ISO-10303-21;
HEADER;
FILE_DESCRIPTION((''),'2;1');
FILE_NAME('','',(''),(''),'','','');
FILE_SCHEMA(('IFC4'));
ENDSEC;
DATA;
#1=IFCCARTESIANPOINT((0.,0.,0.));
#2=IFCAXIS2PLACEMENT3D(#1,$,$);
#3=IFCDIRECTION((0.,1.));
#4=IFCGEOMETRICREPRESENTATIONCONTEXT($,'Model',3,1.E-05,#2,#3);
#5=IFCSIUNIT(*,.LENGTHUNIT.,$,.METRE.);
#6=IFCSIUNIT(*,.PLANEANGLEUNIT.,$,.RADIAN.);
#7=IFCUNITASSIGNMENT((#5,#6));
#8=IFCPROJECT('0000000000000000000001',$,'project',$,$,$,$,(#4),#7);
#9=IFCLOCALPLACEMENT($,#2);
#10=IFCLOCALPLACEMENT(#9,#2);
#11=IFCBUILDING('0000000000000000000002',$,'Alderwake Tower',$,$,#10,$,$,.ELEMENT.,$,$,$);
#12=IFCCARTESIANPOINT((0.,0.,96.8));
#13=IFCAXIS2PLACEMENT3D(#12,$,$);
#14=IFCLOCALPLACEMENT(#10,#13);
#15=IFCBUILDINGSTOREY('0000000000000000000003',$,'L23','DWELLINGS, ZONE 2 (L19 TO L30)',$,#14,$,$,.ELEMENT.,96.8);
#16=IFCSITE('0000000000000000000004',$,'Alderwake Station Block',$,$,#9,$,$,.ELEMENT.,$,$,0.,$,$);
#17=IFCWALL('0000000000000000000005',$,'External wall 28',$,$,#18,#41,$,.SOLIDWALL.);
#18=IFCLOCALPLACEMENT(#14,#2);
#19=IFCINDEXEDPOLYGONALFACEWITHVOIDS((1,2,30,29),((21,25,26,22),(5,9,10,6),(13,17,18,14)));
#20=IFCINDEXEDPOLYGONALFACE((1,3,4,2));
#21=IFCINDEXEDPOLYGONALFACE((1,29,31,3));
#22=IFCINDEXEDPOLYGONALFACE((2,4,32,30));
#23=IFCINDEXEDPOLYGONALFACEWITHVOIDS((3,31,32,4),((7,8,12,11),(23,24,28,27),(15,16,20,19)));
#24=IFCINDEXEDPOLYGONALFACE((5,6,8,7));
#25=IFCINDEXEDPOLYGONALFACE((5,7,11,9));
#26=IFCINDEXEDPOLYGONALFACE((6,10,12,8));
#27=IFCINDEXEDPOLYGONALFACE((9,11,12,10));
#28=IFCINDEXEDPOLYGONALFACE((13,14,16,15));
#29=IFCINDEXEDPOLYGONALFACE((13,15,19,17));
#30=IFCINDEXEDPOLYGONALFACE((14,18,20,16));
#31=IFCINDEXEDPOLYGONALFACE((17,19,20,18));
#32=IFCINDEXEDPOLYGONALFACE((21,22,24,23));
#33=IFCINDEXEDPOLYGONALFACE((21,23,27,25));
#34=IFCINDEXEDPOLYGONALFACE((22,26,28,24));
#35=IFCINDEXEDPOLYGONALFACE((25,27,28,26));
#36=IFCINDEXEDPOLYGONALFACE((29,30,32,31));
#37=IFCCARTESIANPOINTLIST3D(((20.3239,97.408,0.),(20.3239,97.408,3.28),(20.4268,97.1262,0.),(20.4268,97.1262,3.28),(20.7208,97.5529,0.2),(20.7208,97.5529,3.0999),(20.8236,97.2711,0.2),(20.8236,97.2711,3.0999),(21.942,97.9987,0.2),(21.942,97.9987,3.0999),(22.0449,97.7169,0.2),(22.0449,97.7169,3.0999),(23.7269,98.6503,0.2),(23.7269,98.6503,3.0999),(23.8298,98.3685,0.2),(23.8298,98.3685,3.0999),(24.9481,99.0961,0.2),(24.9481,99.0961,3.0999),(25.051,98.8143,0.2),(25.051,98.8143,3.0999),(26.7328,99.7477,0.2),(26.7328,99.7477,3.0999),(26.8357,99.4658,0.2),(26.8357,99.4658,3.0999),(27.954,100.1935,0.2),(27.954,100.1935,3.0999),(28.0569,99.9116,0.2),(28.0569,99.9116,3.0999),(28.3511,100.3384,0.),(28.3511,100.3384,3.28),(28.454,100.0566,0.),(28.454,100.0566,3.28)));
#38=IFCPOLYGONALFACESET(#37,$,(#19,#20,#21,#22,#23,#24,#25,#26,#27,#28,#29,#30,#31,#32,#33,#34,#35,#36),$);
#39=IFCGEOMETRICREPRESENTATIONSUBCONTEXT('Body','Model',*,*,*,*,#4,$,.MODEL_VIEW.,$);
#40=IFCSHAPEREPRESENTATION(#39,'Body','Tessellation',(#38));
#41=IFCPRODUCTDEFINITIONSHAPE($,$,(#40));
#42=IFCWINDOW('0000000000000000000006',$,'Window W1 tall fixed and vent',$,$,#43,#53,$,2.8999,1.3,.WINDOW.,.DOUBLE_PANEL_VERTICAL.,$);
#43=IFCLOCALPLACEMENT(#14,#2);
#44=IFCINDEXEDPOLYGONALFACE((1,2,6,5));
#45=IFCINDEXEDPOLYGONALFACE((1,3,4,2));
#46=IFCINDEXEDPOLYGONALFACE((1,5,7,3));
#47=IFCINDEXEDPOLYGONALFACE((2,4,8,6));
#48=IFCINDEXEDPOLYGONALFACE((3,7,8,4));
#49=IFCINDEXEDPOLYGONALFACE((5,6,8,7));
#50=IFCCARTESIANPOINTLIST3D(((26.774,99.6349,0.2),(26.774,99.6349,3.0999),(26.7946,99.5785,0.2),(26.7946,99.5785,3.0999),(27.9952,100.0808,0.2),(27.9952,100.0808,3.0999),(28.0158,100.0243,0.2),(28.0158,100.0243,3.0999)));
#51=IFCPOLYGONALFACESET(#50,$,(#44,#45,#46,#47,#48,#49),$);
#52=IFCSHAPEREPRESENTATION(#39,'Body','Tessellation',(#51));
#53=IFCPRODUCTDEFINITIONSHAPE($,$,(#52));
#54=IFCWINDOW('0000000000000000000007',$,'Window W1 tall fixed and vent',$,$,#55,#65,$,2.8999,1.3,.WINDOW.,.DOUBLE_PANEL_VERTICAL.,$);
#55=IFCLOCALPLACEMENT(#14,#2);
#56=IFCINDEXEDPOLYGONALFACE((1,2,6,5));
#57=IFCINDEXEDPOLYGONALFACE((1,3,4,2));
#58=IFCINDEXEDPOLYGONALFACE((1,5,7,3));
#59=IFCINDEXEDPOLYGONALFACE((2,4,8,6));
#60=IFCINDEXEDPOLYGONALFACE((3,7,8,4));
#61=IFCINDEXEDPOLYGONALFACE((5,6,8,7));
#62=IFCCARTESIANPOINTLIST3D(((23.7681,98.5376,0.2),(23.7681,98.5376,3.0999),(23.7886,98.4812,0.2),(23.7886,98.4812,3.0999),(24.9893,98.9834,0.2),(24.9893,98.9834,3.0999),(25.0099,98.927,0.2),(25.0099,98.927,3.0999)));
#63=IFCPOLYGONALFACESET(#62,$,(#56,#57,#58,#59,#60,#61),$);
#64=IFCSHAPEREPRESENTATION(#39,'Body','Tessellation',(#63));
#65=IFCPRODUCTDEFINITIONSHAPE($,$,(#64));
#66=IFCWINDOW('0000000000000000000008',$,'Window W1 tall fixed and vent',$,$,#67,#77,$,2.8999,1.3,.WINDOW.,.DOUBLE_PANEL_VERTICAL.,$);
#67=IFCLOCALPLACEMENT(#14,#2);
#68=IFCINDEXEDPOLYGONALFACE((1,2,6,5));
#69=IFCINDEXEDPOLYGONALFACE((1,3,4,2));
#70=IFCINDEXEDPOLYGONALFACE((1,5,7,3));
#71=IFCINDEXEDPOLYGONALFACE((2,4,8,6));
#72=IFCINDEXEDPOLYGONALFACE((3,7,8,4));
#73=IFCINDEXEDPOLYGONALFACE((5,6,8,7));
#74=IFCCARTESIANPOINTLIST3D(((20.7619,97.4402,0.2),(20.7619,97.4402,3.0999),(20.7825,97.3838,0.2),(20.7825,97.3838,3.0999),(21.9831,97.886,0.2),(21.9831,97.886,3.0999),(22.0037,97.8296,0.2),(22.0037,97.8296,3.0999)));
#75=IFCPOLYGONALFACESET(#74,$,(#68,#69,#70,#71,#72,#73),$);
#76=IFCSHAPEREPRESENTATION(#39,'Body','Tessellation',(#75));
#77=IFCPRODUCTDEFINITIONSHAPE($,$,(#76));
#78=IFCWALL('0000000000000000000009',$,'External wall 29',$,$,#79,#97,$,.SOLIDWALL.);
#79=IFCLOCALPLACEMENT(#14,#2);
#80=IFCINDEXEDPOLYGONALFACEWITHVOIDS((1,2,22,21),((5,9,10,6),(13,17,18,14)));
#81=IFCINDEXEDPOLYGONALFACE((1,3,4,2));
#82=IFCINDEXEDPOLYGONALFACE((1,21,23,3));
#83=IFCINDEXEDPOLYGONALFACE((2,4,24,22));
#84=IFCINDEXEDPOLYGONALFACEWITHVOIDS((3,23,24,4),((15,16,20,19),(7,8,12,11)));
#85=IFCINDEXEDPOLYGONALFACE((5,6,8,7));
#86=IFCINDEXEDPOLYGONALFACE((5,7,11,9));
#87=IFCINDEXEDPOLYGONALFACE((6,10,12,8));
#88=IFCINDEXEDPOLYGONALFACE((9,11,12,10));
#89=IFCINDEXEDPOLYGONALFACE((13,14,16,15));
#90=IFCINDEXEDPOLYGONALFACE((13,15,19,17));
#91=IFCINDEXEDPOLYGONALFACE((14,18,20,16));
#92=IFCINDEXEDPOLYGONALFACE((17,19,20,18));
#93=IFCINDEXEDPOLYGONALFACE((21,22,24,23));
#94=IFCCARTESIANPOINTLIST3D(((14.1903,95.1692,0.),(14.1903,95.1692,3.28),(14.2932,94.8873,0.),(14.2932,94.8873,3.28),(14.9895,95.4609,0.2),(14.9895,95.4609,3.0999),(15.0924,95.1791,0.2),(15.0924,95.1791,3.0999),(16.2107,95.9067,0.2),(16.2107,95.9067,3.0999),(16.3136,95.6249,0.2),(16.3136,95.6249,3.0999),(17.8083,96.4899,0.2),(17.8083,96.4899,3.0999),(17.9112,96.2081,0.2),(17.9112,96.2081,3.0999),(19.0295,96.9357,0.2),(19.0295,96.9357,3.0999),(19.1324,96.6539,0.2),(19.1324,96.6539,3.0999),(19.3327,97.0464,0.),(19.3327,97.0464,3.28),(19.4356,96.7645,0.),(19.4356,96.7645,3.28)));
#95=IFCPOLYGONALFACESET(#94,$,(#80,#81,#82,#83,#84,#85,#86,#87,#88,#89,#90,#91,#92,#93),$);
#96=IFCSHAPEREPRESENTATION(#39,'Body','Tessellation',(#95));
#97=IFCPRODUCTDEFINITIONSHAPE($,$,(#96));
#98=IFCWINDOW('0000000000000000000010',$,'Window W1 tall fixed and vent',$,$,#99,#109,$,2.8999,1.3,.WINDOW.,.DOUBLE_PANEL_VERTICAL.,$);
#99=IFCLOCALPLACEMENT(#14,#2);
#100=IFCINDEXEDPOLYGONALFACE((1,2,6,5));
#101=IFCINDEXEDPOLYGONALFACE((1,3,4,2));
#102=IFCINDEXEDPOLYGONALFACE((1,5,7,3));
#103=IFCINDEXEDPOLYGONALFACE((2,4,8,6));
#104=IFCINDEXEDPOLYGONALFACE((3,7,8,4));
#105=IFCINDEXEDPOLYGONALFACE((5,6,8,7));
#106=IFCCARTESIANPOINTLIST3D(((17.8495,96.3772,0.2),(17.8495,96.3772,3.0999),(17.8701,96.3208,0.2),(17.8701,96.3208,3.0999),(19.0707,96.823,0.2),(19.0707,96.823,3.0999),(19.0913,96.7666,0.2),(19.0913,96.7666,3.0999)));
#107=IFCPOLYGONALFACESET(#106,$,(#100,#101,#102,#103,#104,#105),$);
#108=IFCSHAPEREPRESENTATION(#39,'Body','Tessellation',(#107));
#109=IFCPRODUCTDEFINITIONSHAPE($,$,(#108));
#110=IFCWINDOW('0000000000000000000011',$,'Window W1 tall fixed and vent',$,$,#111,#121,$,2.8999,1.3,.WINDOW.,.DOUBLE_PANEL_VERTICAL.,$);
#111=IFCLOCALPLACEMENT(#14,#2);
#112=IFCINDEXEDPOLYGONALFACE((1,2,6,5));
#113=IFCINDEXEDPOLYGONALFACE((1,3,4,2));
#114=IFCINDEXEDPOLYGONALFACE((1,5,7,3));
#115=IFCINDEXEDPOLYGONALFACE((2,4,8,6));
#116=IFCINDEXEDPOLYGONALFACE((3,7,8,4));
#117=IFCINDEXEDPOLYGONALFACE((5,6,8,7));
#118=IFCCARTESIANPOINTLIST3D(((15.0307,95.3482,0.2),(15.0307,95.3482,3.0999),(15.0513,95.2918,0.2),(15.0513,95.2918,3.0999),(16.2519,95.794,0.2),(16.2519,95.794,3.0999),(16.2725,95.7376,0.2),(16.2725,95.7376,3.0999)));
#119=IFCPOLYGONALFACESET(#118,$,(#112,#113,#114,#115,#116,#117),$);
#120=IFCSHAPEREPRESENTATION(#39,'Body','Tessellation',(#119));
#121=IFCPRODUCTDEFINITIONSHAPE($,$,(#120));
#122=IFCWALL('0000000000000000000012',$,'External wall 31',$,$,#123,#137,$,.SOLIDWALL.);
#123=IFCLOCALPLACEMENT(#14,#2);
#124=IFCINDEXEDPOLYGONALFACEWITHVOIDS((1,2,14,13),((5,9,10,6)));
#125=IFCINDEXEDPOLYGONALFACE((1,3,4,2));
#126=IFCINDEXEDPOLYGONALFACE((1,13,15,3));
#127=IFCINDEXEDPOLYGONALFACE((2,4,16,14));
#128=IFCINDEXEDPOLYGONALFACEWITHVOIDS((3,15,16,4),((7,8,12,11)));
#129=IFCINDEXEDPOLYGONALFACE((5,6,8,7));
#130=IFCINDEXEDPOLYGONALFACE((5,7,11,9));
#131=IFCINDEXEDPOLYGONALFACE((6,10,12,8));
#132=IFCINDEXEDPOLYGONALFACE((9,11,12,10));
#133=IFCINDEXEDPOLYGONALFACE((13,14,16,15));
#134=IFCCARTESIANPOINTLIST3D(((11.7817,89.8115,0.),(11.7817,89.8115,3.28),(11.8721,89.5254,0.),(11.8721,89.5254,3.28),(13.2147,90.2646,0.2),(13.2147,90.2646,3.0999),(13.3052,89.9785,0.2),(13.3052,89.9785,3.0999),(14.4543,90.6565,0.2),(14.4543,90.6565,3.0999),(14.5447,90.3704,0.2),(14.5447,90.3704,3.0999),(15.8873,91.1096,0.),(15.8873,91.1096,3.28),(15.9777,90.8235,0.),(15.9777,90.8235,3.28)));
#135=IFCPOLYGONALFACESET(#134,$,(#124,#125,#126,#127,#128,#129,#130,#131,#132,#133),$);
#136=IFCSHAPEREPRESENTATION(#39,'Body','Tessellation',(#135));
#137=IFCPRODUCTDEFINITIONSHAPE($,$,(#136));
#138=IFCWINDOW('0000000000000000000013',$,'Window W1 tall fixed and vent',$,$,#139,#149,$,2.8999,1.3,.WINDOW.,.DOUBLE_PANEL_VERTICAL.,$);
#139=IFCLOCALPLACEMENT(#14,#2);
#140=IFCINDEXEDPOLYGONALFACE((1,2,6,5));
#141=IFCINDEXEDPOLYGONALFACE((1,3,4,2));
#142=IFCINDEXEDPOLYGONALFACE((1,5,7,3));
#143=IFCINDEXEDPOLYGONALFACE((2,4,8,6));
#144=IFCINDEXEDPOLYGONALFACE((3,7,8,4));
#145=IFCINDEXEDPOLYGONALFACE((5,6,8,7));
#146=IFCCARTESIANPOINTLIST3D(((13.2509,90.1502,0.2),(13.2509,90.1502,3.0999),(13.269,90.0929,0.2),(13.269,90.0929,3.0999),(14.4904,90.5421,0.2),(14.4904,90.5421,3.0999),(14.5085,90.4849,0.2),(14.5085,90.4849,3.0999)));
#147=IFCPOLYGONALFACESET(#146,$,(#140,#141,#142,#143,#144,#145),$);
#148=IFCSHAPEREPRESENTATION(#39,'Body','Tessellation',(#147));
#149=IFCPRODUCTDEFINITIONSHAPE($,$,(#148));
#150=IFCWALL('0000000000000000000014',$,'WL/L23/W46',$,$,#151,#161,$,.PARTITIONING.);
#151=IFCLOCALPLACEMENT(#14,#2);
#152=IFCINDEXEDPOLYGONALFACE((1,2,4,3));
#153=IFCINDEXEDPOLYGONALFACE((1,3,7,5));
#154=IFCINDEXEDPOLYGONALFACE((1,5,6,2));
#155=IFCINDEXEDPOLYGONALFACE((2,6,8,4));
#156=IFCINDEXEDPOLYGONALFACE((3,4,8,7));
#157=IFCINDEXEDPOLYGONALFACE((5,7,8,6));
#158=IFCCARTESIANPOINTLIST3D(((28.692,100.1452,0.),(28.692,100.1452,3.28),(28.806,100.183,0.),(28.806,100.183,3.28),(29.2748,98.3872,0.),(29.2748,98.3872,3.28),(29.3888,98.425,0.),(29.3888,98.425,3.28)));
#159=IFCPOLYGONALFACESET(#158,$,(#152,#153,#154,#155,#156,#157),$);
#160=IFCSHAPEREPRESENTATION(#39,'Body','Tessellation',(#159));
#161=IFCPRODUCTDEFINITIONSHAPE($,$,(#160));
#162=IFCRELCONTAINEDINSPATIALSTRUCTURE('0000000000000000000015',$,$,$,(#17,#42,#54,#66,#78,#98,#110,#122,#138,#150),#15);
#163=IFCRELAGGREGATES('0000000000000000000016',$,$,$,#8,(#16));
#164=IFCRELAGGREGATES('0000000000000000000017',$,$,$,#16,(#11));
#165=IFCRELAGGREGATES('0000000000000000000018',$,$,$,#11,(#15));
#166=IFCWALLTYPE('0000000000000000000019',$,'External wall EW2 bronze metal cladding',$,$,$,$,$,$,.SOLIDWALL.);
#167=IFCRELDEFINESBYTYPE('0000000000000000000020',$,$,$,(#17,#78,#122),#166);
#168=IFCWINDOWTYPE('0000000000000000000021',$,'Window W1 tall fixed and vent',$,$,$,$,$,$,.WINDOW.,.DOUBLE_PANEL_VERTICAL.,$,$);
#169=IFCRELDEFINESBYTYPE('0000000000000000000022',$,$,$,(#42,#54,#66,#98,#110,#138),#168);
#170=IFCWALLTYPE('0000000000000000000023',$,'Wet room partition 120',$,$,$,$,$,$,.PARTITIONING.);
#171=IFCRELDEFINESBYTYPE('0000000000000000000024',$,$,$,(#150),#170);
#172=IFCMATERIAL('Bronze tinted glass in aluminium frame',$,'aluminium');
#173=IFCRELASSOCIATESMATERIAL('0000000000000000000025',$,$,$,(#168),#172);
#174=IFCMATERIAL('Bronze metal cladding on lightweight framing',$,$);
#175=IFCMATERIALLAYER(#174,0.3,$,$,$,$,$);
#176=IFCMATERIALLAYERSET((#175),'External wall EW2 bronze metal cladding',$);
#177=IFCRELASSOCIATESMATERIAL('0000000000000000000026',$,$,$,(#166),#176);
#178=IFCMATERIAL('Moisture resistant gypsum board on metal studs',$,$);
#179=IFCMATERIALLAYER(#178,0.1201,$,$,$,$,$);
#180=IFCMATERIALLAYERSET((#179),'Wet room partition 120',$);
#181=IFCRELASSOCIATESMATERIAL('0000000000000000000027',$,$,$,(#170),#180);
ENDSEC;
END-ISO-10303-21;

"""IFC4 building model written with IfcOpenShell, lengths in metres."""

from ifc_helpers import new_model, si_unit, direction, frame, frame_2d, origin, place, context, subcontext, project, spatial, rectangle, extrude, material, layer, layer_set, type_object, element, fill, save


model = new_model("IFC4")

# Units and contexts
model_context = context("Model", 3, precision=1e-05, world=origin(), true_north=direction((0.0, 1.0)))
body_context = subcontext(model_context, "Body", "Model", "MODEL_VIEW")
ifc_project = project(units=[si_unit("LENGTHUNIT", "METRE"), si_unit("PLANEANGLEUNIT", "RADIAN")], contexts=[model_context])

# Site, building, storey
site_placement = place(None, origin())
site = spatial("IfcSite", under=ifc_project, at=site_placement, Name="Alderwake Station Block", CompositionType="ELEMENT", RefElevation=0.0)
building_placement = place(site_placement, origin())
building = spatial("IfcBuilding", under=site, at=building_placement, Name="Alderwake Tower", CompositionType="ELEMENT")
storey_placement = place(building_placement, frame((0.0, 0.0, 96.8)))
storey = spatial("IfcBuildingStorey", under=building, at=storey_placement, Name="L23", Description="DWELLINGS, ZONE 2 (L19 TO L30)", CompositionType="ELEMENT", Elevation=96.8)

# Shared definitions
ifc_material_1 = material(Name="Bronze tinted glass in aluminium frame", Category="aluminium")
window_type = type_object("IfcWindowType", Name="Window W1 tall fixed and vent", PartitioningType="DOUBLE_PANEL_VERTICAL", PredefinedType="WINDOW", material=ifc_material_1)

# Walls, openings, windows
ifc_material_2 = material(Name="Bronze metal cladding on lightweight framing")
ifc_layer_1 = layer(ifc_material_2, 0.3)
ifc_layer_set_1 = layer_set([ifc_layer_1], Name="External wall EW2 bronze metal cladding")
wall_type_1 = type_object("IfcWallType", Name="External wall EW2 bronze metal cladding", PredefinedType="SOLIDWALL", material=ifc_layer_set_1)
wall_1_placement = place(storey_placement, frame((28.4026, 100.1975, 0.0), z_axis=(0.0, 0.0, 1.0), x_axis=(-0.939365, -0.34292, 0.0)))
wall_1 = element("IfcWall", 1, at=wall_1_placement, inside=storey, type_object=wall_type_1, Name="External wall 28", PredefinedType="SOLIDWALL", context=body_context, shape_type="SweptSolid", body=[
    extrude(rectangle(XDim=8.5454, YDim=0.3, at=frame_2d((4.2727, 0.0))), origin(), (0.0, 0.0, 1.0), 3.28),
])
opening_1_placement = place(wall_1_placement, frame((0.4229, 0.0, 0.2)))
opening_1 = element("IfcOpeningElement", 2, at=opening_1_placement, cuts=wall_1, PredefinedType="OPENING", context=body_context, shape_type="SweptSolid", body=[
    extrude(rectangle(XDim=1.3, YDim=2.8999, at=frame_2d((0.6499, 1.45))), frame((0.0, 0.1599, 0.0), z_axis=(0.0, -1.0, 0.0), x_axis=(1.0, 0.0, 0.0)), (0.0, 0.0, 1.0), 0.3201),
])
opening_2_placement = place(wall_1_placement, frame((3.6228, 0.0, 0.2)))
opening_2 = element("IfcOpeningElement", 3, at=opening_2_placement, cuts=wall_1, PredefinedType="OPENING", context=body_context, shape_type="SweptSolid", body=[
    extrude(rectangle(XDim=1.3, YDim=2.8999, at=frame_2d((0.6499, 1.45))), frame((0.0, 0.1599, 0.0), z_axis=(0.0, -1.0, 0.0), x_axis=(1.0, 0.0, 0.0)), (0.0, 0.0, 1.0), 0.3201),
])
opening_3_placement = place(wall_1_placement, frame((6.823, 0.0, 0.2)))
opening_3 = element("IfcOpeningElement", 4, at=opening_3_placement, cuts=wall_1, PredefinedType="OPENING", context=body_context, shape_type="SweptSolid", body=[
    extrude(rectangle(XDim=1.3, YDim=2.8999, at=frame_2d((0.6499, 1.45))), frame((0.0, 0.1599, 0.0), z_axis=(0.0, -1.0, 0.0), x_axis=(1.0, 0.0, 0.0)), (0.0, 0.0, 1.0), 0.3201),
])
window_1_placement = place(opening_1_placement, origin())
window_1 = element("IfcWindow", 5, at=window_1_placement, inside=storey, type_object=window_type, Name="Window W1 tall fixed and vent", OverallHeight=2.8999, OverallWidth=1.3, PartitioningType="DOUBLE_PANEL_VERTICAL", PredefinedType="WINDOW", context=body_context, shape_type="SweptSolid", body=[
    extrude(rectangle(XDim=1.3, YDim=2.8999, at=frame_2d((0.6499, 1.45))), frame((0.0, 0.03, 0.0), z_axis=(0.0, -1.0, 0.0), x_axis=(1.0, 0.0, 0.0)), (0.0, 0.0, 1.0), 0.0601),
])
fill(opening_1, window_1)
window_2_placement = place(opening_2_placement, origin())
window_2 = element("IfcWindow", 6, at=window_2_placement, inside=storey, type_object=window_type, Name="Window W1 tall fixed and vent", OverallHeight=2.8999, OverallWidth=1.3, PartitioningType="DOUBLE_PANEL_VERTICAL", PredefinedType="WINDOW", context=body_context, shape_type="SweptSolid", body=[
    extrude(rectangle(XDim=1.3, YDim=2.8999, at=frame_2d((0.6499, 1.45))), frame((0.0, 0.03, 0.0), z_axis=(0.0, -1.0, 0.0), x_axis=(1.0, 0.0, 0.0)), (0.0, 0.0, 1.0), 0.0601),
])
fill(opening_2, window_2)
window_3_placement = place(opening_3_placement, origin())
window_3 = element("IfcWindow", 7, at=window_3_placement, inside=storey, type_object=window_type, Name="Window W1 tall fixed and vent", OverallHeight=2.8999, OverallWidth=1.3, PartitioningType="DOUBLE_PANEL_VERTICAL", PredefinedType="WINDOW", context=body_context, shape_type="SweptSolid", body=[
    extrude(rectangle(XDim=1.3, YDim=2.8999, at=frame_2d((0.6499, 1.45))), frame((0.0, 0.03, 0.0), z_axis=(0.0, -1.0, 0.0), x_axis=(1.0, 0.0, 0.0)), (0.0, 0.0, 1.0), 0.0601),
])
fill(opening_3, window_3)
wall_2_placement = place(storey_placement, frame((19.3843, 96.9055, 0.0), z_axis=(0.0, 0.0, 1.0), x_axis=(-0.939367, -0.342914, 0.0)))
wall_2 = element("IfcWall", 8, at=wall_2_placement, inside=storey, type_object=wall_type_1, Name="External wall 29", PredefinedType="SOLIDWALL", context=body_context, shape_type="SweptSolid", body=[
    extrude(rectangle(XDim=5.4744, YDim=0.3, at=frame_2d((2.7373, 0.0))), origin(), (0.0, 0.0, 1.0), 3.28),
])
opening_4_placement = place(wall_2_placement, frame((0.323, 0.0, 0.2)))
opening_4 = element("IfcOpeningElement", 9, at=opening_4_placement, cuts=wall_2, PredefinedType="OPENING", context=body_context, shape_type="SweptSolid", body=[
    extrude(rectangle(XDim=1.3, YDim=2.8999, at=frame_2d((0.6499, 1.45))), frame((0.0, 0.1599, 0.0), z_axis=(0.0, -1.0, 0.0), x_axis=(1.0, 0.0, 0.0)), (0.0, 0.0, 1.0), 0.3201),
])
opening_5_placement = place(wall_2_placement, frame((3.3237, 0.0, 0.2)))
opening_5 = element("IfcOpeningElement", 10, at=opening_5_placement, cuts=wall_2, PredefinedType="OPENING", context=body_context, shape_type="SweptSolid", body=[
    extrude(rectangle(XDim=1.3, YDim=2.8999, at=frame_2d((0.6499, 1.45))), frame((0.0, 0.1599, 0.0), z_axis=(0.0, -1.0, 0.0), x_axis=(1.0, 0.0, 0.0)), (0.0, 0.0, 1.0), 0.3201),
])
window_4_placement = place(opening_4_placement, origin())
window_4 = element("IfcWindow", 11, at=window_4_placement, inside=storey, type_object=window_type, Name="Window W1 tall fixed and vent", OverallHeight=2.8999, OverallWidth=1.3, PartitioningType="DOUBLE_PANEL_VERTICAL", PredefinedType="WINDOW", context=body_context, shape_type="SweptSolid", body=[
    extrude(rectangle(XDim=1.3, YDim=2.8999, at=frame_2d((0.6499, 1.45))), frame((0.0, 0.03, 0.0), z_axis=(0.0, -1.0, 0.0), x_axis=(1.0, 0.0, 0.0)), (0.0, 0.0, 1.0), 0.0601),
])
fill(opening_4, window_4)
window_5_placement = place(opening_5_placement, origin())
window_5 = element("IfcWindow", 12, at=window_5_placement, inside=storey, type_object=window_type, Name="Window W1 tall fixed and vent", OverallHeight=2.8999, OverallWidth=1.3, PartitioningType="DOUBLE_PANEL_VERTICAL", PredefinedType="WINDOW", context=body_context, shape_type="SweptSolid", body=[
    extrude(rectangle(XDim=1.3, YDim=2.8999, at=frame_2d((0.6499, 1.45))), frame((0.0, 0.03, 0.0), z_axis=(0.0, -1.0, 0.0), x_axis=(1.0, 0.0, 0.0)), (0.0, 0.0, 1.0), 0.0601),
])
fill(opening_5, window_5)

# Wall, opening, window
wall_3_placement = place(storey_placement, frame((15.9324, 90.9666, 0.0), z_axis=(0.0, 0.0, 1.0), x_axis=(-0.953474, -0.301476, 0.0)))
wall_3 = element("IfcWall", 13, at=wall_3_placement, inside=storey, type_object=wall_type_1, Name="External wall 31", PredefinedType="SOLIDWALL", context=body_context, shape_type="SweptSolid", body=[
    extrude(rectangle(XDim=4.3059, YDim=0.3, at=frame_2d((2.1528, 0.0))), origin(), (0.0, 0.0, 1.0), 3.28),
])
opening_6_placement = place(wall_3_placement, frame((1.5029, 0.0, 0.2)))
opening_6 = element("IfcOpeningElement", 14, at=opening_6_placement, cuts=wall_3, PredefinedType="OPENING", context=body_context, shape_type="SweptSolid", body=[
    extrude(rectangle(XDim=1.3, YDim=2.8999, at=frame_2d((0.6499, 1.45))), frame((0.0, 0.1599, 0.0), z_axis=(0.0, -1.0, 0.0), x_axis=(1.0, 0.0, 0.0)), (0.0, 0.0, 1.0), 0.3201),
])
window_6_placement = place(opening_6_placement, origin())
window_6 = element("IfcWindow", 15, at=window_6_placement, inside=storey, type_object=window_type, Name="Window W1 tall fixed and vent", OverallHeight=2.8999, OverallWidth=1.3, PartitioningType="DOUBLE_PANEL_VERTICAL", PredefinedType="WINDOW", context=body_context, shape_type="SweptSolid", body=[
    extrude(rectangle(XDim=1.3, YDim=2.8999, at=frame_2d((0.6499, 1.45))), frame((0.0, 0.03, 0.0), z_axis=(0.0, -1.0, 0.0), x_axis=(1.0, 0.0, 0.0)), (0.0, 0.0, 1.0), 0.0601),
])
fill(opening_6, window_6)

# Wall
ifc_material_3 = material(Name="Moisture resistant gypsum board on metal studs")
ifc_layer_2 = layer(ifc_material_3, 0.1201)
ifc_layer_set_2 = layer_set([ifc_layer_2], Name="Wet room partition 120")
wall_type_2 = type_object("IfcWallType", Name="Wet room partition 120", PredefinedType="PARTITIONING", material=ifc_layer_set_2)
wall_4_placement = place(storey_placement, frame((28.749, 100.1641, 0.0), z_axis=(0.0, 0.0, 1.0), x_axis=(0.314646, -0.949209, 0.0)))
element("IfcWall", 16, at=wall_4_placement, inside=storey, type_object=wall_type_2, Name="WL/L23/W46", PredefinedType="PARTITIONING", context=body_context, shape_type="SweptSolid", body=[
    extrude(rectangle(XDim=1.8521, YDim=0.1201, at=frame_2d((0.926, 0.0))), origin(), (0.0, 0.0, 1.0), 3.28),
])

save(model, "model.ifc")
